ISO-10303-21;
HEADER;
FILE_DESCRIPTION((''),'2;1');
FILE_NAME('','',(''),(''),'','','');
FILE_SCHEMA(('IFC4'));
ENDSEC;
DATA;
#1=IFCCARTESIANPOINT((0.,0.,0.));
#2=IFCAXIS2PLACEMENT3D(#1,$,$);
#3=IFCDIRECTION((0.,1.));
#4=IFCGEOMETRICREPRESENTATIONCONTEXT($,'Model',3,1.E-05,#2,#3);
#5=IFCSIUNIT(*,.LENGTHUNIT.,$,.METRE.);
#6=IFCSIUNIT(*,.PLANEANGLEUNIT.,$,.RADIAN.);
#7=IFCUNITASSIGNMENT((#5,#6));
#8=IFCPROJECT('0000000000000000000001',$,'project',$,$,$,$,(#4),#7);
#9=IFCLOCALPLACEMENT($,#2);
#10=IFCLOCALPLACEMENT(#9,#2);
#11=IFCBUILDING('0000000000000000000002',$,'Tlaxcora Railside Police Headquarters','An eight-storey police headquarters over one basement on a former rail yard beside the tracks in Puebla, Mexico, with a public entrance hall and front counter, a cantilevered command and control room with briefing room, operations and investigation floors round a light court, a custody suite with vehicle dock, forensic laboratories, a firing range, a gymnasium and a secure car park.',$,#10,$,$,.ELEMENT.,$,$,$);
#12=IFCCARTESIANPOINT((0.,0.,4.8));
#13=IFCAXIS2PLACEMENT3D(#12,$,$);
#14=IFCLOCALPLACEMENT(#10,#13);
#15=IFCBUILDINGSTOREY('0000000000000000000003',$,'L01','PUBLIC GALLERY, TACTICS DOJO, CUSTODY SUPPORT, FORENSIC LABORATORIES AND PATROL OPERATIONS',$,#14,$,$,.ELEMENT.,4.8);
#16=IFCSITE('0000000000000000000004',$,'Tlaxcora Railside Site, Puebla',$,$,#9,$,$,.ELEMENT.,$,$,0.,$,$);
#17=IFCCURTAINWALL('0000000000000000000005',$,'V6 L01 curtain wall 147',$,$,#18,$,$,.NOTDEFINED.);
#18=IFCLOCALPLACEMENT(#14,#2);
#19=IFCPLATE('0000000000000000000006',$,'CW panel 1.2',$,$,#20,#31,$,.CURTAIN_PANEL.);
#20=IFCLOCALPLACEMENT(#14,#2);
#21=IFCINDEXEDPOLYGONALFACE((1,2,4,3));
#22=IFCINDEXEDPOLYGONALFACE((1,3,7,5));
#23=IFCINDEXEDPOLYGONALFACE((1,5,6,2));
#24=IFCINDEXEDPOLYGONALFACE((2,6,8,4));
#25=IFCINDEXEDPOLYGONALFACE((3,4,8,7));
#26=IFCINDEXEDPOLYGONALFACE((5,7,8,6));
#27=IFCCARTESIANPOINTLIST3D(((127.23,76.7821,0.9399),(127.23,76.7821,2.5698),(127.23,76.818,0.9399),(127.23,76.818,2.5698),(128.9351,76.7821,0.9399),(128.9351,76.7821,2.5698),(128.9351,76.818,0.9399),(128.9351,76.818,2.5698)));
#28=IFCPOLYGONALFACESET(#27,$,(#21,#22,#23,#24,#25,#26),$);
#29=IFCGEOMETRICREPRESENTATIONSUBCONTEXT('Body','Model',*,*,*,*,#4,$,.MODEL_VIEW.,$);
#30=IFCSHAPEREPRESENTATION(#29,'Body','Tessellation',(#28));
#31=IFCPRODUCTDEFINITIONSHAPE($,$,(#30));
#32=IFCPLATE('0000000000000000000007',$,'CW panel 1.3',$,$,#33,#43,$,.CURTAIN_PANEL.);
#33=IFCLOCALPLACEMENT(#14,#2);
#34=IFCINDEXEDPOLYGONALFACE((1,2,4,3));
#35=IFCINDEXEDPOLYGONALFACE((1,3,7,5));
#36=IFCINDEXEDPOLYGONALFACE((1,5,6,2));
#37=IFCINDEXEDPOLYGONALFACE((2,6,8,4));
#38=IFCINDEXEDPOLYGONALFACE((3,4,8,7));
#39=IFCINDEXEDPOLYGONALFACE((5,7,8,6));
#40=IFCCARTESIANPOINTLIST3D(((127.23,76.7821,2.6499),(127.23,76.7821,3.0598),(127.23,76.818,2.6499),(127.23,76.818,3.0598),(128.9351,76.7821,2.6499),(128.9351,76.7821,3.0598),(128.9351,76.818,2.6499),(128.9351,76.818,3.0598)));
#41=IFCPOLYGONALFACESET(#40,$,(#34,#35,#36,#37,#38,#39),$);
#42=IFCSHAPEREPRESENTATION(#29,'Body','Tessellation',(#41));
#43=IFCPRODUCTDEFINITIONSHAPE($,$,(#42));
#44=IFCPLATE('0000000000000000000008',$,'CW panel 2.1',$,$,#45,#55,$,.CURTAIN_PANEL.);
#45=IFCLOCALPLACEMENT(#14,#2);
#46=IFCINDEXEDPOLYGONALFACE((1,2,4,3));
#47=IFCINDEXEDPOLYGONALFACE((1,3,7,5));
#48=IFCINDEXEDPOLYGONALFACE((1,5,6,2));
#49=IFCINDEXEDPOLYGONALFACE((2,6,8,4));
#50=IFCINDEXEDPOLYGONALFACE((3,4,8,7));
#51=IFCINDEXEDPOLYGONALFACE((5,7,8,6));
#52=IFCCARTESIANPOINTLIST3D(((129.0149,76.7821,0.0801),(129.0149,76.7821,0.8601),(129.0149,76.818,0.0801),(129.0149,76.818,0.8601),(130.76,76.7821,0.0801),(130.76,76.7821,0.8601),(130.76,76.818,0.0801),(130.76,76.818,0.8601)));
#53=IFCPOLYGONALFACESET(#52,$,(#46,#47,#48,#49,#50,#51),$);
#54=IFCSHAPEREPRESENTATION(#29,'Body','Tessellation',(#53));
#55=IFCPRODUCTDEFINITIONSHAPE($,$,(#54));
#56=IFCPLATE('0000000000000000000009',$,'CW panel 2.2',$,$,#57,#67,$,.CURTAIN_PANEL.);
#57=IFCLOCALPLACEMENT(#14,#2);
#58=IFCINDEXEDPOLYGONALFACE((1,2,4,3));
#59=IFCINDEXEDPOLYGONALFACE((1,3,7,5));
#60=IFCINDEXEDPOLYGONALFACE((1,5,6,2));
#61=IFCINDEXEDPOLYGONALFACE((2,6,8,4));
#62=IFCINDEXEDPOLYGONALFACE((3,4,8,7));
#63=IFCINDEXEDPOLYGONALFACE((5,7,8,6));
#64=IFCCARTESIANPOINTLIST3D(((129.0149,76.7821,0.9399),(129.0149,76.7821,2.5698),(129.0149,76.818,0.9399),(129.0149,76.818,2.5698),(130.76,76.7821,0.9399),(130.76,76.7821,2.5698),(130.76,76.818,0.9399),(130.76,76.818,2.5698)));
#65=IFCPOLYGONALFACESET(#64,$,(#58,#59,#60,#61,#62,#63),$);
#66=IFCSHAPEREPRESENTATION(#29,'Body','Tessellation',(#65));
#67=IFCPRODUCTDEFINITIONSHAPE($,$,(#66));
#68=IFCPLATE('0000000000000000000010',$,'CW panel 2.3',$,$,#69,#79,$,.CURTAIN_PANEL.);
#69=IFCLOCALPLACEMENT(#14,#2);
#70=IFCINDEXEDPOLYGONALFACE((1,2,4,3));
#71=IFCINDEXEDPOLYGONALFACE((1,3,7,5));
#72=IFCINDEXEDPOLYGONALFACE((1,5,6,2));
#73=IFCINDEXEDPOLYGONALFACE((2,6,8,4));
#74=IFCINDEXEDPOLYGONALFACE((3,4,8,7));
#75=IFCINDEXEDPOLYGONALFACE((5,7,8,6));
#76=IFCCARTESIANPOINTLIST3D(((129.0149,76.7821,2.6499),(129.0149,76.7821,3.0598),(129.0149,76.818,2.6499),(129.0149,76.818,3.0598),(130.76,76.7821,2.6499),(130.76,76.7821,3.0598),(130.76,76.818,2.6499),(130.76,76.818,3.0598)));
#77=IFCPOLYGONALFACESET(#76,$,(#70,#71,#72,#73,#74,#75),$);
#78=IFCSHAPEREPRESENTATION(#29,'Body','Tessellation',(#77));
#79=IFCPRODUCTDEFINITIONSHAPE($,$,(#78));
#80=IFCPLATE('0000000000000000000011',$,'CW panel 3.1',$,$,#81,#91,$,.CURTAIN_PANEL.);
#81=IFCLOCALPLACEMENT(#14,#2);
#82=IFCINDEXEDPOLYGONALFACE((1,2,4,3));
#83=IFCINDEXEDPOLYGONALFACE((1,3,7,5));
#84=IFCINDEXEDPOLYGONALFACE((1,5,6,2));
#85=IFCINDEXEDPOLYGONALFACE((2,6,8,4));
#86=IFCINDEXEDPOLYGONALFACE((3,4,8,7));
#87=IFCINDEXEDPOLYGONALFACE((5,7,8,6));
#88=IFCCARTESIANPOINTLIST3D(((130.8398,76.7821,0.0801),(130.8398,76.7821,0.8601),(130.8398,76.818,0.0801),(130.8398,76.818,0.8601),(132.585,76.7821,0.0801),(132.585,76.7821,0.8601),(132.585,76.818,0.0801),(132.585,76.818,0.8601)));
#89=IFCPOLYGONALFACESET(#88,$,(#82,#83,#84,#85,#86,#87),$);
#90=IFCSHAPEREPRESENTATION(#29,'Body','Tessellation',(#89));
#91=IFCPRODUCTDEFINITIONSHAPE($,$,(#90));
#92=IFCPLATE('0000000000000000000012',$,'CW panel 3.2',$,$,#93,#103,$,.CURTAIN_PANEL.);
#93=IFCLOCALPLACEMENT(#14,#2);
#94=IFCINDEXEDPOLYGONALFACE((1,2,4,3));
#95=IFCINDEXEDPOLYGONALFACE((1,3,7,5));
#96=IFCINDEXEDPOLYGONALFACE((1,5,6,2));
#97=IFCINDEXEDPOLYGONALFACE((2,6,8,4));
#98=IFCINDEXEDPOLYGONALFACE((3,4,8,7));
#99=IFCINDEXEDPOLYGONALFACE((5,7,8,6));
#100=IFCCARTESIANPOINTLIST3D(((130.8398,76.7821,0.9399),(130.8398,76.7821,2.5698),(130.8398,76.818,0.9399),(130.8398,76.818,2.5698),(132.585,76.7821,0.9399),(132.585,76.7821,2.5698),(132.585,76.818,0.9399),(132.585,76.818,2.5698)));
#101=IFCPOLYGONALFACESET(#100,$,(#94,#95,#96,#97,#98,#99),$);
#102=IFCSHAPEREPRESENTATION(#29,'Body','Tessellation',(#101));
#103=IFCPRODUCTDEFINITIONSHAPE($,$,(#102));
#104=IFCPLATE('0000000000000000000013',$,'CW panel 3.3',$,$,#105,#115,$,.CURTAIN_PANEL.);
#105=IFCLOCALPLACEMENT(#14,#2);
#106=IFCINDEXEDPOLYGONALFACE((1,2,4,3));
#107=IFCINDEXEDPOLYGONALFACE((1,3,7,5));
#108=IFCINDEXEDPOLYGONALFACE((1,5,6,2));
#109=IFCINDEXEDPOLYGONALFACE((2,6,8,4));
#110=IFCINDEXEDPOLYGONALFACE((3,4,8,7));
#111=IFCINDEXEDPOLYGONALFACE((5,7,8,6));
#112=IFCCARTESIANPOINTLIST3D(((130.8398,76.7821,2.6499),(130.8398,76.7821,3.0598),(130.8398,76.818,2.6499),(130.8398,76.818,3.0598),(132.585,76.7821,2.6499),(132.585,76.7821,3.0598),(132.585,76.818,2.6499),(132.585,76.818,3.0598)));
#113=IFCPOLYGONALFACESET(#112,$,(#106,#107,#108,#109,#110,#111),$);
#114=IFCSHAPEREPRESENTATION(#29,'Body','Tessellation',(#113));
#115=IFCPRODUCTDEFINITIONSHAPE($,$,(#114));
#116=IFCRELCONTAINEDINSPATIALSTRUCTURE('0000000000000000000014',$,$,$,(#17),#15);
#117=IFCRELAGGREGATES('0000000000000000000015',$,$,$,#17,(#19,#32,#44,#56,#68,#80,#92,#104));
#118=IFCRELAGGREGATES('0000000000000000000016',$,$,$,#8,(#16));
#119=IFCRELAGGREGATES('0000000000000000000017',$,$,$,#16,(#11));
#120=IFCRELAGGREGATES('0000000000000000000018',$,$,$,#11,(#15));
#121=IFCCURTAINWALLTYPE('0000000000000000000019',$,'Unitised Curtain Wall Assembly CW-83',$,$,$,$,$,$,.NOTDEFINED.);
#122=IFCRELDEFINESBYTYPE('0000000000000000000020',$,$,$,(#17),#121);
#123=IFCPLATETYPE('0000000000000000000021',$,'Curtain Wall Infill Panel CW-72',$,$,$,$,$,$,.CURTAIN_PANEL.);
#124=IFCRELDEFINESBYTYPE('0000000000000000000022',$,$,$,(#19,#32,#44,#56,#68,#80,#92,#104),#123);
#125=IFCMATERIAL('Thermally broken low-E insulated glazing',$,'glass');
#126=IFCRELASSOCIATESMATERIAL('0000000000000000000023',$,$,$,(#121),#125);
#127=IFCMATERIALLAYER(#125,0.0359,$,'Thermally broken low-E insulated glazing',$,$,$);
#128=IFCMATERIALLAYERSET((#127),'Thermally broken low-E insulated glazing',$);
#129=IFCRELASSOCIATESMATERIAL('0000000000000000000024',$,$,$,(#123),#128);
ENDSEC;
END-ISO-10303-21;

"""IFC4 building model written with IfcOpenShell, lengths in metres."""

from ifc_helpers import new_model, si_unit, direction, frame, origin, origin_2d, place, context, subcontext, project, spatial, rectangle, extrude, material, layer, layer_set, type_object, element, aggregate, save


model = new_model("IFC4")

# Units and contexts
model_context = context("Model", 3, precision=1e-05, world=origin(), true_north=direction((0.0, 1.0)))
body_context = subcontext(model_context, "Body", "Model", "MODEL_VIEW")
ifc_project = project(units=[si_unit("LENGTHUNIT", "METRE"), si_unit("PLANEANGLEUNIT", "RADIAN")], contexts=[model_context])

# Site, building, storey
site_placement = place(None, origin())
site = spatial("IfcSite", under=ifc_project, at=site_placement, Name="Tlaxcora Railside Site, Puebla", CompositionType="ELEMENT", RefElevation=0.0)
building_placement = place(site_placement, origin())
building = spatial("IfcBuilding", under=site, at=building_placement, Name="Tlaxcora Railside Police Headquarters", Description="An eight-storey police headquarters over one basement on a former rail yard beside the tracks in Puebla, Mexico, with a public entrance hall and front counter, a cantilevered command and control room with briefing room, operations and investigation floors round a light court, a custody suite with vehicle dock, forensic laboratories, a firing range, a gymnasium and a secure car park.", CompositionType="ELEMENT")
storey_placement = place(building_placement, frame((0.0, 0.0, 4.8)))
storey = spatial("IfcBuildingStorey", under=building, at=storey_placement, Name="L01", Description="PUBLIC GALLERY, TACTICS DOJO, CUSTODY SUPPORT, FORENSIC LABORATORIES AND PATROL OPERATIONS", CompositionType="ELEMENT", Elevation=4.8)

# Curtain wall, plates
ifc_material_1 = material(Name="Thermally broken low-E insulated glazing", Category="glass")
curtain_wall_type = type_object("IfcCurtainWallType", Name="Unitised Curtain Wall Assembly CW-83", PredefinedType="NOTDEFINED", material=ifc_material_1)
curtain_wall_placement = place(storey_placement, origin())
curtain_wall = element("IfcCurtainWall", 1, at=curtain_wall_placement, inside=storey, type_object=curtain_wall_type, Name="V6 L01 curtain wall 147", PredefinedType="NOTDEFINED")
ifc_layer = layer(ifc_material_1, 0.0359, Name="Thermally broken low-E insulated glazing")
ifc_layer_set = layer_set([ifc_layer], Name="Thermally broken low-E insulated glazing")
plate_type = type_object("IfcPlateType", Name="Curtain Wall Infill Panel CW-72", PredefinedType="CURTAIN_PANEL", material=ifc_layer_set)
plate_1_placement = place(storey_placement, frame((128.0825, 76.8, 0.9399), z_axis=(0.0, 0.0, 1.0), x_axis=(1.0, 0.0, 0.0)))
plate_1 = element("IfcPlate", 2, at=plate_1_placement, type_object=plate_type, Name="CW panel 1.2", PredefinedType="CURTAIN_PANEL", context=body_context, shape_type="SweptSolid", body=[
    extrude(rectangle(XDim=1.7051, YDim=0.0359, at=origin_2d()), origin(), (0.0, 0.0, 1.0), 1.6299),
])
plate_2_placement = place(storey_placement, frame((128.0825, 76.8, 2.6499), z_axis=(0.0, 0.0, 1.0), x_axis=(1.0, 0.0, 0.0)))
plate_2 = element("IfcPlate", 3, at=plate_2_placement, type_object=plate_type, Name="CW panel 1.3", PredefinedType="CURTAIN_PANEL", context=body_context, shape_type="SweptSolid", body=[
    extrude(rectangle(XDim=1.7051, YDim=0.0359, at=origin_2d()), origin(), (0.0, 0.0, 1.0), 0.4099),
])
plate_3_placement = place(storey_placement, frame((129.8875, 76.8, 0.0801), z_axis=(0.0, 0.0, 1.0), x_axis=(1.0, 0.0, 0.0)))
plate_3 = element("IfcPlate", 4, at=plate_3_placement, type_object=plate_type, Name="CW panel 2.1", PredefinedType="CURTAIN_PANEL", context=body_context, shape_type="SweptSolid", body=[
    extrude(rectangle(XDim=1.7451, YDim=0.0359, at=origin_2d()), origin(), (0.0, 0.0, 1.0), 0.78),
])
plate_4_placement = place(storey_placement, frame((129.8875, 76.8, 0.9399), z_axis=(0.0, 0.0, 1.0), x_axis=(1.0, 0.0, 0.0)))
plate_4 = element("IfcPlate", 5, at=plate_4_placement, type_object=plate_type, Name="CW panel 2.2", PredefinedType="CURTAIN_PANEL", context=body_context, shape_type="SweptSolid", body=[
    extrude(rectangle(XDim=1.7451, YDim=0.0359, at=origin_2d()), origin(), (0.0, 0.0, 1.0), 1.6299),
])
plate_5_placement = place(storey_placement, frame((129.8875, 76.8, 2.6499), z_axis=(0.0, 0.0, 1.0), x_axis=(1.0, 0.0, 0.0)))
plate_5 = element("IfcPlate", 6, at=plate_5_placement, type_object=plate_type, Name="CW panel 2.3", PredefinedType="CURTAIN_PANEL", context=body_context, shape_type="SweptSolid", body=[
    extrude(rectangle(XDim=1.7451, YDim=0.0359, at=origin_2d()), origin(), (0.0, 0.0, 1.0), 0.4099),
])
plate_6_placement = place(storey_placement, frame((131.7124, 76.8, 0.0801), z_axis=(0.0, 0.0, 1.0), x_axis=(1.0, 0.0, 0.0)))
plate_6 = element("IfcPlate", 7, at=plate_6_placement, type_object=plate_type, Name="CW panel 3.1", PredefinedType="CURTAIN_PANEL", context=body_context, shape_type="SweptSolid", body=[
    extrude(rectangle(XDim=1.7451, YDim=0.0359, at=origin_2d()), origin(), (0.0, 0.0, 1.0), 0.78),
])
plate_7_placement = place(storey_placement, frame((131.7124, 76.8, 0.9399), z_axis=(0.0, 0.0, 1.0), x_axis=(1.0, 0.0, 0.0)))
plate_7 = element("IfcPlate", 8, at=plate_7_placement, type_object=plate_type, Name="CW panel 3.2", PredefinedType="CURTAIN_PANEL", context=body_context, shape_type="SweptSolid", body=[
    extrude(rectangle(XDim=1.7451, YDim=0.0359, at=origin_2d()), origin(), (0.0, 0.0, 1.0), 1.6299),
])
plate_8_placement = place(storey_placement, frame((131.7124, 76.8, 2.6499), z_axis=(0.0, 0.0, 1.0), x_axis=(1.0, 0.0, 0.0)))
plate_8 = element("IfcPlate", 9, at=plate_8_placement, type_object=plate_type, Name="CW panel 3.3", PredefinedType="CURTAIN_PANEL", context=body_context, shape_type="SweptSolid", body=[
    extrude(rectangle(XDim=1.7451, YDim=0.0359, at=origin_2d()), origin(), (0.0, 0.0, 1.0), 0.4099),
])
aggregate(curtain_wall, [plate_1, plate_2, plate_3, plate_4, plate_5, plate_6, plate_7, plate_8])

save(model, "model.ifc")
